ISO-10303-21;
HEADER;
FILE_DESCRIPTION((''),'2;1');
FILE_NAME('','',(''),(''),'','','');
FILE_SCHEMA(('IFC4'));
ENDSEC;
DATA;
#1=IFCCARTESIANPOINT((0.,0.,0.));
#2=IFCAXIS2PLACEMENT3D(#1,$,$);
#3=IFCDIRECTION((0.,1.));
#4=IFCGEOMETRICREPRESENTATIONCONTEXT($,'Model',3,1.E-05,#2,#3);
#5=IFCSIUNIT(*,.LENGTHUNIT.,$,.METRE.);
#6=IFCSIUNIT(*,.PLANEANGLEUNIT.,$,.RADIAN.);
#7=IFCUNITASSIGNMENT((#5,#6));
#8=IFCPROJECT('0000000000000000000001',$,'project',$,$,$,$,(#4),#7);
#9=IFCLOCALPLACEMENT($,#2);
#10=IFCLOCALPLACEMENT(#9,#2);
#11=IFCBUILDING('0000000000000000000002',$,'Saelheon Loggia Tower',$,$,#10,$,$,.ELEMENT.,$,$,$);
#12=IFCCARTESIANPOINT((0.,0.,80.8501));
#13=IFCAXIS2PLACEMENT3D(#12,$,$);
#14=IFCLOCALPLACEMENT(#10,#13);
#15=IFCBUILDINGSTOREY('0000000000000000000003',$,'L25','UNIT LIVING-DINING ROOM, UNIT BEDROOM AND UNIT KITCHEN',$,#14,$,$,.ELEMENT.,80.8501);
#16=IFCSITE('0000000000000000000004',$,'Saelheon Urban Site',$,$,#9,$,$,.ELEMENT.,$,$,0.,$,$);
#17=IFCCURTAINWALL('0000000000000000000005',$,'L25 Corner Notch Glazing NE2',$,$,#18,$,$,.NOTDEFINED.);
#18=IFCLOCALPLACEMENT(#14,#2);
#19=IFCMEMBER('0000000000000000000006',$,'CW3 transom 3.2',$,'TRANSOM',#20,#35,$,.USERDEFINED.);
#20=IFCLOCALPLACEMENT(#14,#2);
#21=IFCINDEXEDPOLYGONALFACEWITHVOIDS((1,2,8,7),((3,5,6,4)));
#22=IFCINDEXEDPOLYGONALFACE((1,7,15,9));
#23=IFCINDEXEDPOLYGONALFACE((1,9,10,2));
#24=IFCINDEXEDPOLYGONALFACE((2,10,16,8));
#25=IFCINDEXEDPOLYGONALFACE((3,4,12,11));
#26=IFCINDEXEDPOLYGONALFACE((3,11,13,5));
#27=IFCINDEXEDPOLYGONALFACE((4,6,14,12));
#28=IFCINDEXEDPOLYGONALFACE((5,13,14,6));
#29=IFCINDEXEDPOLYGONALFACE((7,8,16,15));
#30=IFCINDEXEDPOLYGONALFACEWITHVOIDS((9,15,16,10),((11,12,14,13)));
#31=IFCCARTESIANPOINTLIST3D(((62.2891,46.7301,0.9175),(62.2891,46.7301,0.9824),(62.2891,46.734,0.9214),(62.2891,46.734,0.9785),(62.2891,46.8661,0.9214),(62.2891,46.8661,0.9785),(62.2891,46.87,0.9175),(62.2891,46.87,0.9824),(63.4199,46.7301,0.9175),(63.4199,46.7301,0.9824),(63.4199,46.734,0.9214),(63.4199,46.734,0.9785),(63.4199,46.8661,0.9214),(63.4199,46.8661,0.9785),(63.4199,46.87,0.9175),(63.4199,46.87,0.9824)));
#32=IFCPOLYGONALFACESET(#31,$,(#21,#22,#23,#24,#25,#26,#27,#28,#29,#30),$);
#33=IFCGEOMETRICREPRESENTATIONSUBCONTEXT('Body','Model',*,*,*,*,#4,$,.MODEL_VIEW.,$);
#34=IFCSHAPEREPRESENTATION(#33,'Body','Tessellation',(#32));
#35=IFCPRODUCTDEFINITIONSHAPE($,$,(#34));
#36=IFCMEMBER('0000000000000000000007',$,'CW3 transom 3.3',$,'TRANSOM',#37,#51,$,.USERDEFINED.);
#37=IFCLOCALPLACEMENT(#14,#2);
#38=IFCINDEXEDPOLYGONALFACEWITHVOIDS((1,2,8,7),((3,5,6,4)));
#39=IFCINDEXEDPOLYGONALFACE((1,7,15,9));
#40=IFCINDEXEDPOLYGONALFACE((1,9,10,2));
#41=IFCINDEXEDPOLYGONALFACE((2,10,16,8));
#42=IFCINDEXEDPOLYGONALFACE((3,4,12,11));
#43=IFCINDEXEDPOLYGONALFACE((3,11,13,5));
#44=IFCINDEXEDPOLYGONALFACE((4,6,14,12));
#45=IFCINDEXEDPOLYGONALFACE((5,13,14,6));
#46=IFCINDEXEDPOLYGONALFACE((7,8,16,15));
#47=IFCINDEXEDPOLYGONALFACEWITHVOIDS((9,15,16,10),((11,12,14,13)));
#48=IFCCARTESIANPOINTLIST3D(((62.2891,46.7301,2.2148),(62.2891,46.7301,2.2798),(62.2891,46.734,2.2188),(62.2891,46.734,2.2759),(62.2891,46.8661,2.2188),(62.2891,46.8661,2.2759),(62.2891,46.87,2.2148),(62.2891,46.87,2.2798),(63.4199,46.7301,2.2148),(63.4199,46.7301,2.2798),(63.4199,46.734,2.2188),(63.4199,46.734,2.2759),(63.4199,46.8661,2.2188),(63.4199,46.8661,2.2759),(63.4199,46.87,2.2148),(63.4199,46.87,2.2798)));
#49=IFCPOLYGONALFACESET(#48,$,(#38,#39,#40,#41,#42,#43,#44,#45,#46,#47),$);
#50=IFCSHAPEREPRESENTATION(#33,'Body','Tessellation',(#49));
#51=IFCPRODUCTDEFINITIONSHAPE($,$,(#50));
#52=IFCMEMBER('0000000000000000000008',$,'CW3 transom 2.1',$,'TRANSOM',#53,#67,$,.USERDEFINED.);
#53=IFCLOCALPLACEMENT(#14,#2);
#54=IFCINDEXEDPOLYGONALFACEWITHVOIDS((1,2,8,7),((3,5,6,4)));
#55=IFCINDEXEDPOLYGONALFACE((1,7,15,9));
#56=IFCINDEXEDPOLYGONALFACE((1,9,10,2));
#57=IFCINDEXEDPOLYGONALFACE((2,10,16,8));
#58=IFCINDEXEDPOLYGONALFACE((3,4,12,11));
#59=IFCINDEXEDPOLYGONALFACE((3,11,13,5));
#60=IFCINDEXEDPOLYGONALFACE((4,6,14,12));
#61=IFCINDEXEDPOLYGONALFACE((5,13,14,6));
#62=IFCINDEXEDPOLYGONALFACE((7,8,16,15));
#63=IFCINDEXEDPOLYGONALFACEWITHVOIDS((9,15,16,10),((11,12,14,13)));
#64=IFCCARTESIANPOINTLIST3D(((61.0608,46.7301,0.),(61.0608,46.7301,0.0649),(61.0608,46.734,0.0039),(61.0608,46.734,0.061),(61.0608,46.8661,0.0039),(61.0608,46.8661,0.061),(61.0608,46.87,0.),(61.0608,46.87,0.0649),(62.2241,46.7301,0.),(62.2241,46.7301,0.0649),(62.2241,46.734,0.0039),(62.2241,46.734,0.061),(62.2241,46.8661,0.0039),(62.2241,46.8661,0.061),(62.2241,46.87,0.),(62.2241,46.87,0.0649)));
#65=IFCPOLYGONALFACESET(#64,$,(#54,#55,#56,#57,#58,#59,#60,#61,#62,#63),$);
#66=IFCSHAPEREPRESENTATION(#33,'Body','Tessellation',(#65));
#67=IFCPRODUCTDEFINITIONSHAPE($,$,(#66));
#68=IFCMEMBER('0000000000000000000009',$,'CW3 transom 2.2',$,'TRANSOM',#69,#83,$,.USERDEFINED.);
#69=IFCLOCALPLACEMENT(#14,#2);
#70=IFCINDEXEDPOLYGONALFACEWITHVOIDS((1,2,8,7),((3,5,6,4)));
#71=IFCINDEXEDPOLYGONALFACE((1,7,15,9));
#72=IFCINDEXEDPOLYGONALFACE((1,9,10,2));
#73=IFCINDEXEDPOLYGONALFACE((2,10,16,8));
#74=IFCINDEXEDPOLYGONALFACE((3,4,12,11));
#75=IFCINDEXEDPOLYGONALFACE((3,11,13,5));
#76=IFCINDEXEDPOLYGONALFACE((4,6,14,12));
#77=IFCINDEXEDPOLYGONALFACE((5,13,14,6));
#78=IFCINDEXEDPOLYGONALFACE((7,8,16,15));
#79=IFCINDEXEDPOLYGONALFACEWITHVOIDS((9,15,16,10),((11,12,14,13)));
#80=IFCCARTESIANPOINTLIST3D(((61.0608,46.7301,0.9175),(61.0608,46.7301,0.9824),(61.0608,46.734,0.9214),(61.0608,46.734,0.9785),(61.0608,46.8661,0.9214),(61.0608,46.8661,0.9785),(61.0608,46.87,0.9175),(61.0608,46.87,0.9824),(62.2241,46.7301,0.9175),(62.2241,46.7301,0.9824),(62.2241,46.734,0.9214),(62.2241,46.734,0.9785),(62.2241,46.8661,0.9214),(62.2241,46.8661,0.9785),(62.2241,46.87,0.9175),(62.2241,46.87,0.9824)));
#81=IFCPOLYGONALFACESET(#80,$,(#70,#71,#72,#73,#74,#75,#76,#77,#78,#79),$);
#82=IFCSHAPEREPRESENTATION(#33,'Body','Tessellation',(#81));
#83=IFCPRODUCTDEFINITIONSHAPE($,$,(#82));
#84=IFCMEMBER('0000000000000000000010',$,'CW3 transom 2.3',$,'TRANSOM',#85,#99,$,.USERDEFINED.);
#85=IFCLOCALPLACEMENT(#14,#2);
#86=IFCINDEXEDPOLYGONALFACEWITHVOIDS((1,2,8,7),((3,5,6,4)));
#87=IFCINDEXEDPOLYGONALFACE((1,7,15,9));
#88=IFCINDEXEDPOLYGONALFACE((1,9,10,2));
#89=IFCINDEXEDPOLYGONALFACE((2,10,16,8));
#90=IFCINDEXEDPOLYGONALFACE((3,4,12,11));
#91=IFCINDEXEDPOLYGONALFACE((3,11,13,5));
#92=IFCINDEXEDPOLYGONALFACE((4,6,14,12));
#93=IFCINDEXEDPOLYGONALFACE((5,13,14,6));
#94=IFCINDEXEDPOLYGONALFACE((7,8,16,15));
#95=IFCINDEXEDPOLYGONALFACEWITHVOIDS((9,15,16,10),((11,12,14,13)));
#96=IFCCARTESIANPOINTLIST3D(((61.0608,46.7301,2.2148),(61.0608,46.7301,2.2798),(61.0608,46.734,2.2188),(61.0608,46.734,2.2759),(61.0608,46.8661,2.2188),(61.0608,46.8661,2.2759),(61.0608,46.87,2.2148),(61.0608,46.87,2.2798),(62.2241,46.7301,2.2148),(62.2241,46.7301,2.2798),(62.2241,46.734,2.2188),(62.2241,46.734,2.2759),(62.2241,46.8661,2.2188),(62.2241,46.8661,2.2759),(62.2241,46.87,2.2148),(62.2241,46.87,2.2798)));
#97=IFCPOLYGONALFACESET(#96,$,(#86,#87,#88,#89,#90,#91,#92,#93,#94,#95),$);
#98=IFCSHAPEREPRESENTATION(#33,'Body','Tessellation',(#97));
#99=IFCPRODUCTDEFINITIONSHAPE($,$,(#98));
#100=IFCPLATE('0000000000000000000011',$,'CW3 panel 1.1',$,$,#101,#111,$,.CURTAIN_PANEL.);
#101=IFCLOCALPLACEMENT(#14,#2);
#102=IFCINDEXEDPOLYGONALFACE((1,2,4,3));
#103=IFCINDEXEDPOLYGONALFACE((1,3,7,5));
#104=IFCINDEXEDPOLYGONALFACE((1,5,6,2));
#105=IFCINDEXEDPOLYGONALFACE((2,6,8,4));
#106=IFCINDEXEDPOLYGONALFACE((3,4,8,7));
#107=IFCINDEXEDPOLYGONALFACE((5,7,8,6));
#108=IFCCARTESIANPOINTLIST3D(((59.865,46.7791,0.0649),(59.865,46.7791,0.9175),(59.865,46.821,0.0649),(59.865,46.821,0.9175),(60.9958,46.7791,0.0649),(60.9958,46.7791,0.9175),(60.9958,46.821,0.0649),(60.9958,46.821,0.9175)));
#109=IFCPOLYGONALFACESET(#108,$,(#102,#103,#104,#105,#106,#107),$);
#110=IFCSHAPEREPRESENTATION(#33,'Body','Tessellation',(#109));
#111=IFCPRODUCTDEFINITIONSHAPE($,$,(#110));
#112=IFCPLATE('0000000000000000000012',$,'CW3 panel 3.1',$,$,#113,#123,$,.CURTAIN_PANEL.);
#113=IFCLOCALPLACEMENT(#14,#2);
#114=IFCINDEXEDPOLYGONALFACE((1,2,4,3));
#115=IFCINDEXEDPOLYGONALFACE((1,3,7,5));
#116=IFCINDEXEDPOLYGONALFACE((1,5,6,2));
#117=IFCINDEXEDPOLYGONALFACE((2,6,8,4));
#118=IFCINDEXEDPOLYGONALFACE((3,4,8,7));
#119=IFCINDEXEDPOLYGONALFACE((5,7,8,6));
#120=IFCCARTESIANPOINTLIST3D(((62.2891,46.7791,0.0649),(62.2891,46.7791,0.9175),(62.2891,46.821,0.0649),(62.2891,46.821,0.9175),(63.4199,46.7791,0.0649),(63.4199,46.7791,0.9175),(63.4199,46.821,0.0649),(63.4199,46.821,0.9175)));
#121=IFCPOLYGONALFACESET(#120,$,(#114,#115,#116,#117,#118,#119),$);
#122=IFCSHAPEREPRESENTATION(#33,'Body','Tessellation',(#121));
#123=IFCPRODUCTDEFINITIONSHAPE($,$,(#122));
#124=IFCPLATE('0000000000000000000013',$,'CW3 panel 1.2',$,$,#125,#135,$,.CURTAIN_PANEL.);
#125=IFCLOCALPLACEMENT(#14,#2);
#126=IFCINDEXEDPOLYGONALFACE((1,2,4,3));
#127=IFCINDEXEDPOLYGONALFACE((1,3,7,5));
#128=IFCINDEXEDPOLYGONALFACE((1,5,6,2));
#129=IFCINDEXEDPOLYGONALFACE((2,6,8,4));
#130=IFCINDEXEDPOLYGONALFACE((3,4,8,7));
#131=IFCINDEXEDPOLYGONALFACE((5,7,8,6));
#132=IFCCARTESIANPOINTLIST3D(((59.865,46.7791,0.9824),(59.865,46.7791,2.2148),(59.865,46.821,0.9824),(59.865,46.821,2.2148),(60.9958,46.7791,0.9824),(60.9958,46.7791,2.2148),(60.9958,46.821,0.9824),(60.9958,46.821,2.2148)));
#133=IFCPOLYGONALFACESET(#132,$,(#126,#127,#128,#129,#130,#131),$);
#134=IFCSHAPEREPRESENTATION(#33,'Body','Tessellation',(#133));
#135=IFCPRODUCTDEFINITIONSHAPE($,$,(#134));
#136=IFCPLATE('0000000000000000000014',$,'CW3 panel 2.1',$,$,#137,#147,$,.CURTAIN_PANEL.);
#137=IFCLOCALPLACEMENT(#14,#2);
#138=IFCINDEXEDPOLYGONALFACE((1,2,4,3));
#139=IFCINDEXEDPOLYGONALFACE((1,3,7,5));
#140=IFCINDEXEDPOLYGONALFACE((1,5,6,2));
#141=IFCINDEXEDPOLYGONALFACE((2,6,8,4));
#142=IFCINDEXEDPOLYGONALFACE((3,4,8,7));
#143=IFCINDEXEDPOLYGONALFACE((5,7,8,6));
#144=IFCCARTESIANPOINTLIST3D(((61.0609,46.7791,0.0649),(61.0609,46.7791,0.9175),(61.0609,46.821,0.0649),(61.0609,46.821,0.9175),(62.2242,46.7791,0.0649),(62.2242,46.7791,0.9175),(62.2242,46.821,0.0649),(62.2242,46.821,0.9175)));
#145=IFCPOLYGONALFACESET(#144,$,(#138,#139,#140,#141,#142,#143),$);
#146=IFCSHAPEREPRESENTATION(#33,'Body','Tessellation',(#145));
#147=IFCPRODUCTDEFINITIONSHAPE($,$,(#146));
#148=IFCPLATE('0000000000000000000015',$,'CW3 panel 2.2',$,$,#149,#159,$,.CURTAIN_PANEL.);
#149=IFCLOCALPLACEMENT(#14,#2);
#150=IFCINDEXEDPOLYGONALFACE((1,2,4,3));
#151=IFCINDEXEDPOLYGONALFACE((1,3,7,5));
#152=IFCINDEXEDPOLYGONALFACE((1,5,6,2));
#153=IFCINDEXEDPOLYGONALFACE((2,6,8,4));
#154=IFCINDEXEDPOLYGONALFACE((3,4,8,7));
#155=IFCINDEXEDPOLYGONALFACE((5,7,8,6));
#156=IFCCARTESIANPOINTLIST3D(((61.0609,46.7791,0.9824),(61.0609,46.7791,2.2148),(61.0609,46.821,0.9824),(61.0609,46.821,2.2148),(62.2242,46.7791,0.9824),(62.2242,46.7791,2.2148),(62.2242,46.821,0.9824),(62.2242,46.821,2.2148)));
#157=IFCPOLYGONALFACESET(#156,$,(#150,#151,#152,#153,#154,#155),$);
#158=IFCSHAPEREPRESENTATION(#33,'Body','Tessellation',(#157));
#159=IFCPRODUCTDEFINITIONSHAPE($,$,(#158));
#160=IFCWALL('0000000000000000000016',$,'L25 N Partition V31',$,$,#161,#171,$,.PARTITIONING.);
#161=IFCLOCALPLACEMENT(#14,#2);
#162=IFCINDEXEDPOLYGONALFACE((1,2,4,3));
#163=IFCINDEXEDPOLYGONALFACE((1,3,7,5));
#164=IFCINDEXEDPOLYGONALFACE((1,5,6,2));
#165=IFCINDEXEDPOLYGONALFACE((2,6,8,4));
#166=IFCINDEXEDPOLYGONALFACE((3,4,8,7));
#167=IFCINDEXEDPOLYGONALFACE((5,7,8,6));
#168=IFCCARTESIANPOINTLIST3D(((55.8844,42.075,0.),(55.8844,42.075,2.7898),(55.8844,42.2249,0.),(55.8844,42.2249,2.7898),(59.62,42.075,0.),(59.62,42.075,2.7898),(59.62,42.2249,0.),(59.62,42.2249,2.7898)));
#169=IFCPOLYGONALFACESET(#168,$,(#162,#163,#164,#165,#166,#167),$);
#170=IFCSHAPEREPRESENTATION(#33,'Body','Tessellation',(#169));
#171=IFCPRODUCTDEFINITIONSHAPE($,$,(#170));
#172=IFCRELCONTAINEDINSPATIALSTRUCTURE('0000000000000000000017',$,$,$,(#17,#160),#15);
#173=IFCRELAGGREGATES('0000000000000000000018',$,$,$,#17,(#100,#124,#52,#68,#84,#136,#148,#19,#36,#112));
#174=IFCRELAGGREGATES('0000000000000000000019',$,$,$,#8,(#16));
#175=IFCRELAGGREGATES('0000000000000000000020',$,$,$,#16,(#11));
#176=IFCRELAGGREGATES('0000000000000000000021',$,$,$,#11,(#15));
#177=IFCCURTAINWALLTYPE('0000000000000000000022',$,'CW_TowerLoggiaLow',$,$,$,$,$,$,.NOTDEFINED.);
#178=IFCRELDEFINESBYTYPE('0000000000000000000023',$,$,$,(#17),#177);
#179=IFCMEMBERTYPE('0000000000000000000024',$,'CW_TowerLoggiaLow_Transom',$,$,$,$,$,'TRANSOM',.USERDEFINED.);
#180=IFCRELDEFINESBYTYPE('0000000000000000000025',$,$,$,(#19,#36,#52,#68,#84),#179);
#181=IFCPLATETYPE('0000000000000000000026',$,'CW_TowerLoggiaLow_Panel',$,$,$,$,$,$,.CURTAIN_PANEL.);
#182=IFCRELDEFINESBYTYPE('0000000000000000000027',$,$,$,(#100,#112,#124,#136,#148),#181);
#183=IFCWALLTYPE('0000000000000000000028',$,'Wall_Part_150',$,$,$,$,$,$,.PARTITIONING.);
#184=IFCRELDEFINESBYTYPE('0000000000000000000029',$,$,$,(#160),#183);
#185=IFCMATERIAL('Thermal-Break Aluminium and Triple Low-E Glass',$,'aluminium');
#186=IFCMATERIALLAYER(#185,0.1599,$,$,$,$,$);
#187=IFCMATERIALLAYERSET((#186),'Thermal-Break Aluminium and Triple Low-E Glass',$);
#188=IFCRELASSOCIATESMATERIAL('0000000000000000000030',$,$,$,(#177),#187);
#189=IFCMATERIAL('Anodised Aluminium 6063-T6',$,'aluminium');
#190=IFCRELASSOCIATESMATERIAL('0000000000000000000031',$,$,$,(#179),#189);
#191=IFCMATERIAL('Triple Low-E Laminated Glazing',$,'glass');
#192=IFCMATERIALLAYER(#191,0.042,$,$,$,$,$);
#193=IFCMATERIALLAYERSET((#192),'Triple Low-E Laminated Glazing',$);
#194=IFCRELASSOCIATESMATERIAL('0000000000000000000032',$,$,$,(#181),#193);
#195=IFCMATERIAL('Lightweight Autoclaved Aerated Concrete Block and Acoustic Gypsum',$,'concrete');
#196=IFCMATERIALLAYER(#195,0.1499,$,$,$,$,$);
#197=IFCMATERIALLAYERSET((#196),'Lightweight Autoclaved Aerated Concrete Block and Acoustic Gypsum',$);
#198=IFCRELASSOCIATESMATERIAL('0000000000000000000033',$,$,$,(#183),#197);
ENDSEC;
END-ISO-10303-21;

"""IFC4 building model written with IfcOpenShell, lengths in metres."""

from ifc_helpers import new_model, si_unit, direction, frame, frame_2d, origin, origin_2d, place, context, subcontext, project, spatial, rectangle, hollow_rectangle, extrude, source, transform, mapped, material, layer, layer_set, material_profile, profile_set, type_object, element, aggregate, save


model = new_model("IFC4")

# Units and contexts
model_context = context("Model", 3, precision=1e-05, world=origin(), true_north=direction((0.0, 1.0)))
body_context = subcontext(model_context, "Body", "Model", "MODEL_VIEW")
ifc_project = project(units=[si_unit("LENGTHUNIT", "METRE"), si_unit("PLANEANGLEUNIT", "RADIAN")], contexts=[model_context])

# Site, building, storey
site_placement = place(None, origin())
site = spatial("IfcSite", under=ifc_project, at=site_placement, Name="Saelheon Urban Site", CompositionType="ELEMENT", RefElevation=0.0)
building_placement = place(site_placement, origin())
building = spatial("IfcBuilding", under=site, at=building_placement, Name="Saelheon Loggia Tower", CompositionType="ELEMENT")
storey_placement = place(building_placement, frame((0.0, 0.0, 80.8501)))
storey = spatial("IfcBuildingStorey", under=building, at=storey_placement, Name="L25", Description="UNIT LIVING-DINING ROOM, UNIT BEDROOM AND UNIT KITCHEN", CompositionType="ELEMENT", Elevation=80.8501)

# Curtain wall, members, plates
ifc_material_1 = material(Name="Thermal-Break Aluminium and Triple Low-E Glass", Category="aluminium")
ifc_layer_1 = layer(ifc_material_1, 0.1599)
ifc_layer_set_1 = layer_set([ifc_layer_1], Name="Thermal-Break Aluminium and Triple Low-E Glass")
curtain_wall_type = type_object("IfcCurtainWallType", Name="CW_TowerLoggiaLow", PredefinedType="NOTDEFINED", material=ifc_layer_set_1)
curtain_wall_placement = place(storey_placement, origin())
curtain_wall = element("IfcCurtainWall", 1, at=curtain_wall_placement, inside=storey, type_object=curtain_wall_type, Name="L25 Corner Notch Glazing NE2", PredefinedType="NOTDEFINED")
ifc_material_2 = material(Name="Anodised Aluminium 6063-T6", Category="aluminium")
ifc_material_profile_1 = material_profile(ifc_material_2, hollow_rectangle(XDim=0.0649, YDim=0.1399, WallThickness=0.0039, at=origin_2d()), Name="RHS-140x65x4")
ifc_profile_set_1 = profile_set([ifc_material_profile_1], Name="Anodised Aluminium 6063-T6")
member_type_1 = type_object("IfcMemberType", Name="CW_TowerLoggiaLow_Transom", ElementType="TRANSOM", PredefinedType="USERDEFINED", material=ifc_profile_set_1)
shared_shape_1 = source(origin(), body_context, "Body", "SweptSolid", [
    extrude(hollow_rectangle(XDim=0.0649, YDim=0.1399, WallThickness=0.0039, at=origin_2d()), origin(), (0.0, 0.0, 1.0), 1.1309),
])
member_1_placement = place(storey_placement, frame((62.2891, 46.8, 0.95), z_axis=(1.0, 0.0, 0.0), x_axis=(0.0, 0.0, 1.0)))
member_1 = element("IfcMember", 2, at=member_1_placement, type_object=member_type_1, Name="CW3 transom 3.2", ObjectType="TRANSOM", PredefinedType="USERDEFINED", context=body_context, shape_type="MappedRepresentation", body=[
    mapped(shared_shape_1, transform((0.0, 0.0, 0.0), scale=1.0)),
])
member_2_placement = place(storey_placement, frame((62.2891, 46.8, 2.2473), z_axis=(1.0, 0.0, 0.0), x_axis=(0.0, 0.0, 1.0)))
member_2 = element("IfcMember", 3, at=member_2_placement, type_object=member_type_1, Name="CW3 transom 3.3", ObjectType="TRANSOM", PredefinedType="USERDEFINED", context=body_context, shape_type="MappedRepresentation", body=[
    mapped(shared_shape_1, transform((0.0, 0.0, 0.0), scale=1.0)),
])
shared_shape_2 = source(origin(), body_context, "Body", "SweptSolid", [
    extrude(hollow_rectangle(XDim=0.0649, YDim=0.1399, WallThickness=0.0039, at=origin_2d()), origin(), (0.0, 0.0, 1.0), 1.1633),
])
member_3_placement = place(storey_placement, frame((61.0608, 46.8, 0.0325), z_axis=(1.0, 0.0, 0.0), x_axis=(0.0, 0.0, 1.0)))
member_3 = element("IfcMember", 4, at=member_3_placement, type_object=member_type_1, Name="CW3 transom 2.1", ObjectType="TRANSOM", PredefinedType="USERDEFINED", context=body_context, shape_type="MappedRepresentation", body=[
    mapped(shared_shape_2, transform((0.0, 0.0, 0.0), scale=1.0)),
])
member_4_placement = place(storey_placement, frame((61.0608, 46.8, 0.95), z_axis=(1.0, 0.0, 0.0), x_axis=(0.0, 0.0, 1.0)))
member_4 = element("IfcMember", 5, at=member_4_placement, type_object=member_type_1, Name="CW3 transom 2.2", ObjectType="TRANSOM", PredefinedType="USERDEFINED", context=body_context, shape_type="MappedRepresentation", body=[
    mapped(shared_shape_2, transform((0.0, 0.0, 0.0), scale=1.0)),
])
member_5_placement = place(storey_placement, frame((61.0608, 46.8, 2.2473), z_axis=(1.0, 0.0, 0.0), x_axis=(0.0, 0.0, 1.0)))
member_5 = element("IfcMember", 6, at=member_5_placement, type_object=member_type_1, Name="CW3 transom 2.3", ObjectType="TRANSOM", PredefinedType="USERDEFINED", context=body_context, shape_type="MappedRepresentation", body=[
    mapped(shared_shape_2, transform((0.0, 0.0, 0.0), scale=1.0)),
])
ifc_material_3 = material(Name="Triple Low-E Laminated Glazing", Category="glass")
ifc_layer_2 = layer(ifc_material_3, 0.042)
ifc_layer_set_2 = layer_set([ifc_layer_2], Name="Triple Low-E Laminated Glazing")
plate_type = type_object("IfcPlateType", Name="CW_TowerLoggiaLow_Panel", PredefinedType="CURTAIN_PANEL", material=ifc_layer_set_2)
shared_shape_3 = source(origin(), body_context, "Body", "SweptSolid", [
    extrude(rectangle(XDim=1.1309, YDim=0.042, at=origin_2d()), origin(), (0.0, 0.0, 1.0), 0.8525),
])
plate_1_placement = place(storey_placement, frame((60.4304, 46.8, 0.0649), z_axis=(0.0, 0.0, 1.0), x_axis=(1.0, 0.0, 0.0)))
plate_1 = element("IfcPlate", 7, at=plate_1_placement, type_object=plate_type, Name="CW3 panel 1.1", PredefinedType="CURTAIN_PANEL", context=body_context, shape_type="MappedRepresentation", body=[
    mapped(shared_shape_3, transform((0.0, 0.0, 0.0), scale=1.0)),
])
plate_2_placement = place(storey_placement, frame((62.8545, 46.8, 0.0649), z_axis=(0.0, 0.0, 1.0), x_axis=(1.0, 0.0, 0.0)))
plate_2 = element("IfcPlate", 8, at=plate_2_placement, type_object=plate_type, Name="CW3 panel 3.1", PredefinedType="CURTAIN_PANEL", context=body_context, shape_type="MappedRepresentation", body=[
    mapped(shared_shape_3, transform((0.0, 0.0, 0.0), scale=1.0)),
])
shared_shape_4 = source(origin(), body_context, "Body", "SweptSolid", [
    extrude(rectangle(XDim=1.1309, YDim=0.042, at=origin_2d()), origin(), (0.0, 0.0, 1.0), 1.2324),
])
plate_3_placement = place(storey_placement, frame((60.4304, 46.8, 0.9824), z_axis=(0.0, 0.0, 1.0), x_axis=(1.0, 0.0, 0.0)))
plate_3 = element("IfcPlate", 9, at=plate_3_placement, type_object=plate_type, Name="CW3 panel 1.2", PredefinedType="CURTAIN_PANEL", context=body_context, shape_type="MappedRepresentation", body=[
    mapped(shared_shape_4, transform((0.0, 0.0, 0.0), scale=1.0)),
])
shared_shape_5 = source(origin(), body_context, "Body", "SweptSolid", [
    extrude(rectangle(XDim=1.1633, YDim=0.042, at=origin_2d()), origin(), (0.0, 0.0, 1.0), 0.8525),
])
plate_4_placement = place(storey_placement, frame((61.6426, 46.8, 0.0649), z_axis=(0.0, 0.0, 1.0), x_axis=(1.0, 0.0, 0.0)))
plate_4 = element("IfcPlate", 10, at=plate_4_placement, type_object=plate_type, Name="CW3 panel 2.1", PredefinedType="CURTAIN_PANEL", context=body_context, shape_type="MappedRepresentation", body=[
    mapped(shared_shape_5, transform((0.0, 0.0, 0.0), scale=1.0)),
])
shared_shape_6 = source(origin(), body_context, "Body", "SweptSolid", [
    extrude(rectangle(XDim=1.1633, YDim=0.042, at=origin_2d()), origin(), (0.0, 0.0, 1.0), 1.2324),
])
plate_5_placement = place(storey_placement, frame((61.6426, 46.8, 0.9824), z_axis=(0.0, 0.0, 1.0), x_axis=(1.0, 0.0, 0.0)))
plate_5 = element("IfcPlate", 11, at=plate_5_placement, type_object=plate_type, Name="CW3 panel 2.2", PredefinedType="CURTAIN_PANEL", context=body_context, shape_type="MappedRepresentation", body=[
    mapped(shared_shape_6, transform((0.0, 0.0, 0.0), scale=1.0)),
])
aggregate(curtain_wall, [plate_1, plate_3, member_3, member_4, member_5, plate_4, plate_5, member_1, member_2, plate_2])

# Wall
ifc_material_4 = material(Name="Lightweight Autoclaved Aerated Concrete Block and Acoustic Gypsum", Category="concrete")
ifc_layer_3 = layer(ifc_material_4, 0.1499)
ifc_layer_set_3 = layer_set([ifc_layer_3], Name="Lightweight Autoclaved Aerated Concrete Block and Acoustic Gypsum")
wall_type_1 = type_object("IfcWallType", Name="Wall_Part_150", PredefinedType="PARTITIONING", material=ifc_layer_set_3)
wall_1_placement = place(storey_placement, frame((55.8845, 42.1499, 0.0), z_axis=(0.0, 0.0, 1.0), x_axis=(1.0, 0.0, 0.0)))
element("IfcWall", 12, at=wall_1_placement, inside=storey, type_object=wall_type_1, Name="L25 N Partition V31", PredefinedType="PARTITIONING", context=body_context, shape_type="SweptSolid", body=[
    extrude(rectangle(XDim=3.7356, YDim=0.1499, at=frame_2d((1.8677, 0.0))), origin(), (0.0, 0.0, 1.0), 2.7898),
])

save(model, "model.ifc")
